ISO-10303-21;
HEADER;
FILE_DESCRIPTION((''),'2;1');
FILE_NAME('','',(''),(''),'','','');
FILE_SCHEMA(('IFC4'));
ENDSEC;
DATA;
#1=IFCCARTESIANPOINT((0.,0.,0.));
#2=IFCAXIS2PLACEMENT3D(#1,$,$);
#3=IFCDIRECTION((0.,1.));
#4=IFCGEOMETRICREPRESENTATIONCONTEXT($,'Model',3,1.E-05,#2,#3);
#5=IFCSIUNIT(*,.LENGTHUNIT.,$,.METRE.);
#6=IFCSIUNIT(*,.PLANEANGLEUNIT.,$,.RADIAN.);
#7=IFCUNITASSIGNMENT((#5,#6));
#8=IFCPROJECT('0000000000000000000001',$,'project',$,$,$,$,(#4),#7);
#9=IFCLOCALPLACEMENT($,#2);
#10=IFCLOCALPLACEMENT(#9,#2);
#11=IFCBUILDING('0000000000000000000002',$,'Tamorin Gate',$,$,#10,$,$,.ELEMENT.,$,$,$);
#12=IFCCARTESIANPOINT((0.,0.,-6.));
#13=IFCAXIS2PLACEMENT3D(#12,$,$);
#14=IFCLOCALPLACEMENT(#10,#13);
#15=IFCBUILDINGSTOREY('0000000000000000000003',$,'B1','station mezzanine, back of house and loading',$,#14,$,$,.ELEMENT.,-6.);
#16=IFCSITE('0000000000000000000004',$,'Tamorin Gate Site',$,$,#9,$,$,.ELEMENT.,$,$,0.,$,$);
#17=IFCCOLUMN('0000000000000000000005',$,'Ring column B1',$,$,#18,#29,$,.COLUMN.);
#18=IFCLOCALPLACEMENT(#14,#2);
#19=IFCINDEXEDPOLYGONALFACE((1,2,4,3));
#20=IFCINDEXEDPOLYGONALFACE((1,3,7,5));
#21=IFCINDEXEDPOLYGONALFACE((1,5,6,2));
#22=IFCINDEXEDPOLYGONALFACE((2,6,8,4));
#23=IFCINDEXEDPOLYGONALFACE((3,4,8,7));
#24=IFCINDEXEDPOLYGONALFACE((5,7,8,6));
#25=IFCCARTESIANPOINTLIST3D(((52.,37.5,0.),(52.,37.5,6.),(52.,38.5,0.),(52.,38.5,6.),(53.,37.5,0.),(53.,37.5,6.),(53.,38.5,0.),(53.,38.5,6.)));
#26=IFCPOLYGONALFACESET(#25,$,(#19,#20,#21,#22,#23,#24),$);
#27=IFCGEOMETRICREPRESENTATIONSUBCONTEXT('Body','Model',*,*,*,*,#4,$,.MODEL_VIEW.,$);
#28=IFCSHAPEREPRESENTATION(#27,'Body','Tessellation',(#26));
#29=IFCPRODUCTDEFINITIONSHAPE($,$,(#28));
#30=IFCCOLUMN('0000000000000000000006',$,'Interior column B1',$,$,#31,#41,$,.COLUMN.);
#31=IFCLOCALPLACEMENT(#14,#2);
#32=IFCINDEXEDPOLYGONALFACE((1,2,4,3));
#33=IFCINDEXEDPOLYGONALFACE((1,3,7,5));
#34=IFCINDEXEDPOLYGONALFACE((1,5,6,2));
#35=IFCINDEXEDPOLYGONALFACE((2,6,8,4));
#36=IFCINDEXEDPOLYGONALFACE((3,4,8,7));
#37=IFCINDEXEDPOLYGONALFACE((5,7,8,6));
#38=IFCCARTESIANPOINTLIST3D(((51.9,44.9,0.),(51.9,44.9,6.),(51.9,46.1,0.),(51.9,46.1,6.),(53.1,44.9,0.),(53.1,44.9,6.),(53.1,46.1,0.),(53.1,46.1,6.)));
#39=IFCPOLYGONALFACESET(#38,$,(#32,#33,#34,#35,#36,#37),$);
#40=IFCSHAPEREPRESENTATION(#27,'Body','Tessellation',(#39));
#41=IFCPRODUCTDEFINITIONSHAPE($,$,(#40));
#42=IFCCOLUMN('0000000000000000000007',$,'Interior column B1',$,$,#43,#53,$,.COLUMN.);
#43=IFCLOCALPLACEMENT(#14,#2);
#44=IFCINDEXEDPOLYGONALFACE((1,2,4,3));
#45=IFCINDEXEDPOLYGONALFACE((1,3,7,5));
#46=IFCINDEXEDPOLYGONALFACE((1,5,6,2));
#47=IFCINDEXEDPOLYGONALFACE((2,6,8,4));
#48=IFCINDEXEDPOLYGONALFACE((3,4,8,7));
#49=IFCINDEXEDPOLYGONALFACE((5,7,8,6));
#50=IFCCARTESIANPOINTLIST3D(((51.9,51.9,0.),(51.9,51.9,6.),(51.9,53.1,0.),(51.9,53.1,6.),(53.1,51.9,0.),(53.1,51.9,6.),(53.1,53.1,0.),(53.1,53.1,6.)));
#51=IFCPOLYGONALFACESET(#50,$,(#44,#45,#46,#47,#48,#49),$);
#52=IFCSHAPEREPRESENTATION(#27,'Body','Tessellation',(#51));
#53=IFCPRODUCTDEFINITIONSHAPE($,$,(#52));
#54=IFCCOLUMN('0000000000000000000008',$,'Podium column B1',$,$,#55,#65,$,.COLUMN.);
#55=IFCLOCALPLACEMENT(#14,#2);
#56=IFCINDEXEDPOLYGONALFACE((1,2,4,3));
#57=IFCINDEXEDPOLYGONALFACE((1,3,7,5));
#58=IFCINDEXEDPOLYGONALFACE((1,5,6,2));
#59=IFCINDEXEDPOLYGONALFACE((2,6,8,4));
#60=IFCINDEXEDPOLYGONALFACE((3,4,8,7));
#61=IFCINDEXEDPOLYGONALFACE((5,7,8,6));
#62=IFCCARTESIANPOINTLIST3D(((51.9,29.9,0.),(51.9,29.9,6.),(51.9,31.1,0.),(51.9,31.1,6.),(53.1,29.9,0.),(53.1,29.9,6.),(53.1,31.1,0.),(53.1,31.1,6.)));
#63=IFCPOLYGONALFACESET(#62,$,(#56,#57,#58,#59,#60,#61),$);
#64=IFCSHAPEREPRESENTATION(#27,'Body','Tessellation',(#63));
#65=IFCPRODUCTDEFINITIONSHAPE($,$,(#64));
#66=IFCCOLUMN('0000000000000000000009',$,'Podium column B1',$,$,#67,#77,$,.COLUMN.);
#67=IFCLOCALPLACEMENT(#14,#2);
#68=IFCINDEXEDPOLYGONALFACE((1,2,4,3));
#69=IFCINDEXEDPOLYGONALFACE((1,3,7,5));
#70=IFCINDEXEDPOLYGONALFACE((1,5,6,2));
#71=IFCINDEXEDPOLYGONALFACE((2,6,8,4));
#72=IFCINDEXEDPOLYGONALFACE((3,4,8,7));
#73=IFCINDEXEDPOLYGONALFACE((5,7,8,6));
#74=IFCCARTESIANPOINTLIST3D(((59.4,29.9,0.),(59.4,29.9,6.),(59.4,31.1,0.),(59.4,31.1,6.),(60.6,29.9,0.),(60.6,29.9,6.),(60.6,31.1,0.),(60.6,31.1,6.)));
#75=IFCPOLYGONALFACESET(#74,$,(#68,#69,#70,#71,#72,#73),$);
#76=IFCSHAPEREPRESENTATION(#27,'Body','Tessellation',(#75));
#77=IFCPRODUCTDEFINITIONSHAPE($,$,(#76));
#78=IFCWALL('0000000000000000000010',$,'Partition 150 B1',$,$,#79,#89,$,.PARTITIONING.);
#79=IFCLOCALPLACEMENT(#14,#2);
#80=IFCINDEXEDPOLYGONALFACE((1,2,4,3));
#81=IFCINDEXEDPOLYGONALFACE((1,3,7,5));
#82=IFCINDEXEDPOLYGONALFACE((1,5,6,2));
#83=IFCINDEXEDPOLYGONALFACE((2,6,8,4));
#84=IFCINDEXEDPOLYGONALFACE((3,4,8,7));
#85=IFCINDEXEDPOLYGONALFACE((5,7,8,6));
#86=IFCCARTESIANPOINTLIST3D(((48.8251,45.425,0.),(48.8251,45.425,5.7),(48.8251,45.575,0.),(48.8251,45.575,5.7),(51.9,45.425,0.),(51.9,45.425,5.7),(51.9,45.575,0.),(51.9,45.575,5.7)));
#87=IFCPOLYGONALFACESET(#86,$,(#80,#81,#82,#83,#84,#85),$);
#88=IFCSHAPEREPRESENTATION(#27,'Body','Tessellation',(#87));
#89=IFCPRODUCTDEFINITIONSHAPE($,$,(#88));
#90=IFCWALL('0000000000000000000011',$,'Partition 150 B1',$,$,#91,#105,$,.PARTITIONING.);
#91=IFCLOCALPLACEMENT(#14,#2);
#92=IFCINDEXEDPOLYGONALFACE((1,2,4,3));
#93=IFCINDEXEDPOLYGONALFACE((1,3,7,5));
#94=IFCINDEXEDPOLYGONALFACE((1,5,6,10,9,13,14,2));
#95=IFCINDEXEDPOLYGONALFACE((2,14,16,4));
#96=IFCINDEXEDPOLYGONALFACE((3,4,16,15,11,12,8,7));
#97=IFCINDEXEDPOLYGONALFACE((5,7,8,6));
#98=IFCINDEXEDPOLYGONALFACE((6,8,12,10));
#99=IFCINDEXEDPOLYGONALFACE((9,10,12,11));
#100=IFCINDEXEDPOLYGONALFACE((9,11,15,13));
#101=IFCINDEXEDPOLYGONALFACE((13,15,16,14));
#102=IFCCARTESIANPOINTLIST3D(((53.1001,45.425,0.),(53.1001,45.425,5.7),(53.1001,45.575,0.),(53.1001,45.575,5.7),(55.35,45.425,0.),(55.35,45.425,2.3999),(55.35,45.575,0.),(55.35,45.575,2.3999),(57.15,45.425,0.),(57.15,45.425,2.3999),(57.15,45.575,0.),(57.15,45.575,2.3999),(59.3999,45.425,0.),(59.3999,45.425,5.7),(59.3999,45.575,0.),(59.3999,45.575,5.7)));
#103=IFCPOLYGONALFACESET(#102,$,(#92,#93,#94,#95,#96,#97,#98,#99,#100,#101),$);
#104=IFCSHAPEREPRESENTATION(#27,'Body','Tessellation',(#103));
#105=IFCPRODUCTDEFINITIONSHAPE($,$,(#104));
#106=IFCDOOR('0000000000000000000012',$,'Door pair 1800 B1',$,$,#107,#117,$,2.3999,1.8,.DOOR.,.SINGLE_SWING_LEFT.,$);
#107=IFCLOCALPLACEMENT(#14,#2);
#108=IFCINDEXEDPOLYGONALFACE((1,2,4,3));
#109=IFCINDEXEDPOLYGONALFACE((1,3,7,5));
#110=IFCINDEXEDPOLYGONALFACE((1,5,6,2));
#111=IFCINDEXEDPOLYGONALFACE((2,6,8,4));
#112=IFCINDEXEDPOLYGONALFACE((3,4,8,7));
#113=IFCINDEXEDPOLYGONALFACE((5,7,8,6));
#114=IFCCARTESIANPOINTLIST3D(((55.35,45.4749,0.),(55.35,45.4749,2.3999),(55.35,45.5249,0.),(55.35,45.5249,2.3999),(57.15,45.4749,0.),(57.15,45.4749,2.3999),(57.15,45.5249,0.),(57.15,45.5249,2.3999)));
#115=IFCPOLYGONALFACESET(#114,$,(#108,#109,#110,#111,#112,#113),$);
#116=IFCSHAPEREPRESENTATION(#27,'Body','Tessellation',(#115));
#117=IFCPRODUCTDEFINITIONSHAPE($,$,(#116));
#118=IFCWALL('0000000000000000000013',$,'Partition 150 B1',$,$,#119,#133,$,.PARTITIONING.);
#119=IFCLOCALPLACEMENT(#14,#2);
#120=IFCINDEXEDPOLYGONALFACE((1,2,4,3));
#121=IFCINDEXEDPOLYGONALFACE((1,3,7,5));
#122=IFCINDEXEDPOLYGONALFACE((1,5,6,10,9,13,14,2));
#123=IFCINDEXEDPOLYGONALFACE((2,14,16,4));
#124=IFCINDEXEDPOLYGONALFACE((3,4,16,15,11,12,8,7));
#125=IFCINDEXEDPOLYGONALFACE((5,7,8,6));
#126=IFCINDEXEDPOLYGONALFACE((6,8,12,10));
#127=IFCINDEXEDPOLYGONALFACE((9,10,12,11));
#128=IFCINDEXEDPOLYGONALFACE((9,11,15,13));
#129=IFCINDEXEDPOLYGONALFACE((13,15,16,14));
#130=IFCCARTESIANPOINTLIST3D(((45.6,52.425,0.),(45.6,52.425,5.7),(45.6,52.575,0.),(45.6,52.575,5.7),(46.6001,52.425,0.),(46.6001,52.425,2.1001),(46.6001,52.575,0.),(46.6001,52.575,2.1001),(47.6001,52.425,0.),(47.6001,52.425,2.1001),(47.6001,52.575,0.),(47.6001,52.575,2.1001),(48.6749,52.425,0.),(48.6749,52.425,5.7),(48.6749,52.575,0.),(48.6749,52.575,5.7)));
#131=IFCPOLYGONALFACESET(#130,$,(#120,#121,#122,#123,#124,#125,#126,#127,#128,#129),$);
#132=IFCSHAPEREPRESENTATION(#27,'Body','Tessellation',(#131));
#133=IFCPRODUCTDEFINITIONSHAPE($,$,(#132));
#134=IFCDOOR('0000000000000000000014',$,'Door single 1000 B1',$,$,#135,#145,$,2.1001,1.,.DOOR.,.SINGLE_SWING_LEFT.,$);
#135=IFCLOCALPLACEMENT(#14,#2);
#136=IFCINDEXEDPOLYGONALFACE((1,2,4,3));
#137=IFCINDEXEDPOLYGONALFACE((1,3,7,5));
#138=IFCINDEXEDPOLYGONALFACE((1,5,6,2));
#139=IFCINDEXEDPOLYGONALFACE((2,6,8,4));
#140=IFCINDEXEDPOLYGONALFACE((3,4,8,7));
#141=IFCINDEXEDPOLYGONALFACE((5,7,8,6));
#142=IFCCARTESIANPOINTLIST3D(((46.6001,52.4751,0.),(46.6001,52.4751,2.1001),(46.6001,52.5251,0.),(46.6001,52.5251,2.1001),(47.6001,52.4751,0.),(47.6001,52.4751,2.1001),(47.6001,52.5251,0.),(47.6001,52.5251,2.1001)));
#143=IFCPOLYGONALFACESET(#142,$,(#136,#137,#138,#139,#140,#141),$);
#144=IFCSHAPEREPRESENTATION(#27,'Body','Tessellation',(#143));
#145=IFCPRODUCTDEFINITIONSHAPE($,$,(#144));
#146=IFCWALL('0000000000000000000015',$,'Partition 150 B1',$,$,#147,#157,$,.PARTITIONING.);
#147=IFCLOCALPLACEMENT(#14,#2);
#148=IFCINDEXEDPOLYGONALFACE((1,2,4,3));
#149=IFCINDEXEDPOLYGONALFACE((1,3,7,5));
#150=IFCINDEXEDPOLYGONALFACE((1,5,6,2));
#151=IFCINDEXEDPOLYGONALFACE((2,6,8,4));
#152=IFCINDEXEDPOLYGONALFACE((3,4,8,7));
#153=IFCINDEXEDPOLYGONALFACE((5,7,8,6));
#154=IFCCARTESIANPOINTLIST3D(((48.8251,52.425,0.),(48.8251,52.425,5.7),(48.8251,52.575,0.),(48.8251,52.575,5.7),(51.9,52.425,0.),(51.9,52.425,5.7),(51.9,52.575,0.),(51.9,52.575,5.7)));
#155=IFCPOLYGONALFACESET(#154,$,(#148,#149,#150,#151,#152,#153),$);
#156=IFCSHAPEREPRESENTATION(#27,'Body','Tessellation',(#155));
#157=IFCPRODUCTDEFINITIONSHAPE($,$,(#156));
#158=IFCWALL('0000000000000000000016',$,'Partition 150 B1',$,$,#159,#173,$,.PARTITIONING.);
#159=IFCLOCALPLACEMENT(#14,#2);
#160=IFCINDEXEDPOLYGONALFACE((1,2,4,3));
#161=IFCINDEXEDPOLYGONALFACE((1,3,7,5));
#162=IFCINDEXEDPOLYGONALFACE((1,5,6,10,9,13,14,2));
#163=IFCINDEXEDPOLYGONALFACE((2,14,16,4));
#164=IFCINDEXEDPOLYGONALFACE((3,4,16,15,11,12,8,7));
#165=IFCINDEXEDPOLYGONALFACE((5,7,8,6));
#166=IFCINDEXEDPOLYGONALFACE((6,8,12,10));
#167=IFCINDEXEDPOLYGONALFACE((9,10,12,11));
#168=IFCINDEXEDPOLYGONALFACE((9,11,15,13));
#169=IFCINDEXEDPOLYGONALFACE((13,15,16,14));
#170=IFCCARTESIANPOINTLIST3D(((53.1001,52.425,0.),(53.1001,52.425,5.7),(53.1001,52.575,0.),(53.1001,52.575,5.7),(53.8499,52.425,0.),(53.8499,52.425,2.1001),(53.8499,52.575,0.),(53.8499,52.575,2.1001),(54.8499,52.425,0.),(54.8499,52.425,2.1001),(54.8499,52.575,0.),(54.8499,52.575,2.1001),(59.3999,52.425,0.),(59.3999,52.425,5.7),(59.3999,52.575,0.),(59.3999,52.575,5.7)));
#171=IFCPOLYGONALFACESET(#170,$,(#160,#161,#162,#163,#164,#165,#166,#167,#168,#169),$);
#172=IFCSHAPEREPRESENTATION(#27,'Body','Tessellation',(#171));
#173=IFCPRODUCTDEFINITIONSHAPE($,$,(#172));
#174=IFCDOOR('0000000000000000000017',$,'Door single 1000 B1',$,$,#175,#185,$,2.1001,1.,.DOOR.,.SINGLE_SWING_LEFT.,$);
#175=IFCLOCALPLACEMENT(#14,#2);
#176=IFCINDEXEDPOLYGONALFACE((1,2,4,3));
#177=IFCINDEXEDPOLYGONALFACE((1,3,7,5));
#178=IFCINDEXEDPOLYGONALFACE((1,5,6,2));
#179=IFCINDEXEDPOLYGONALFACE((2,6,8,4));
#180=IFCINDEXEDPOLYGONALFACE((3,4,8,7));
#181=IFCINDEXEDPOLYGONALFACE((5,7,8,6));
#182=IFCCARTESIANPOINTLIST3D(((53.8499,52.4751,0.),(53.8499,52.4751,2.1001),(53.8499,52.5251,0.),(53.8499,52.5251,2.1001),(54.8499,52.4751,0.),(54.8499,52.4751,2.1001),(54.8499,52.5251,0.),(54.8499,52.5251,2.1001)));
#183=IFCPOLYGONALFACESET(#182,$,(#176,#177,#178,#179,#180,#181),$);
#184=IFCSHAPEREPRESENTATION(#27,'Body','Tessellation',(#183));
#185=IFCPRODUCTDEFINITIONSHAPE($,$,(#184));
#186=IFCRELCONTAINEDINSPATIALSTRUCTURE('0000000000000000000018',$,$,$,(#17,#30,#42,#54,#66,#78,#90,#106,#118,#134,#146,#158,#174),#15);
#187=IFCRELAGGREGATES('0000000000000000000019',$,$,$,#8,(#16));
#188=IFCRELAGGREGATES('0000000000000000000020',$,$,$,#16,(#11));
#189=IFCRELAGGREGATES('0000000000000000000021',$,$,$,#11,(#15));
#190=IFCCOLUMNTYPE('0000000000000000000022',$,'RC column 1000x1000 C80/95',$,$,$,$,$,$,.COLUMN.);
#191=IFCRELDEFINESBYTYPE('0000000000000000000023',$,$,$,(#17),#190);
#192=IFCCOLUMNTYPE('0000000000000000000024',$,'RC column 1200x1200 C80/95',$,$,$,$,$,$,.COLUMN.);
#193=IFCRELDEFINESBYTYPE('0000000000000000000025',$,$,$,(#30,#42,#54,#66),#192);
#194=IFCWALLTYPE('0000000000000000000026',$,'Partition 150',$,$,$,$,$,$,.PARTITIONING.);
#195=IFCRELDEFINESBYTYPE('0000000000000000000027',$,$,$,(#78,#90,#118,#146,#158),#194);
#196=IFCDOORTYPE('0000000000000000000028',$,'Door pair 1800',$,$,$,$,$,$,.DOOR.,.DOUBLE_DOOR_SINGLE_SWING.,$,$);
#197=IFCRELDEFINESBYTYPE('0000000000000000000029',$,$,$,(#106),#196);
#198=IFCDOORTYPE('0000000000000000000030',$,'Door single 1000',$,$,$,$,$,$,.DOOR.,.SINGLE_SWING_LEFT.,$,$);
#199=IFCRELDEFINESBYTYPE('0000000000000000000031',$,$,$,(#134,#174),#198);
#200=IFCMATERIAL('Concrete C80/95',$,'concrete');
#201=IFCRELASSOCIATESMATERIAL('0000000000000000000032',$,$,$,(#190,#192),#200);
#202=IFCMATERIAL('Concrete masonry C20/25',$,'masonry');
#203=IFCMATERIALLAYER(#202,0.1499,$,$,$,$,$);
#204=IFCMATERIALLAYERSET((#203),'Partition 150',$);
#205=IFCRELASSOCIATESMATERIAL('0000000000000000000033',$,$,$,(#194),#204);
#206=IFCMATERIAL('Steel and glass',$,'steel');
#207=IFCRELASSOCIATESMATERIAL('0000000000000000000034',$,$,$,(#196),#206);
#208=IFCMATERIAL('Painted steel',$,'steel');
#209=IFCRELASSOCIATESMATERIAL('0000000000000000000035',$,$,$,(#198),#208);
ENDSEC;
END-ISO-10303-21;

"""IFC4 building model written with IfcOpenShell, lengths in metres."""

from ifc_helpers import new_model, si_unit, direction, frame, frame_2d, origin, origin_2d, place, context, subcontext, project, spatial, rectangle, extrude, material, layer, layer_set, material_profile, profile_set, type_object, element, fill, save


model = new_model("IFC4")

# Units and contexts
model_context = context("Model", 3, precision=1e-05, world=origin(), true_north=direction((0.0, 1.0)))
body_context = subcontext(model_context, "Body", "Model", "MODEL_VIEW")
ifc_project = project(units=[si_unit("LENGTHUNIT", "METRE"), si_unit("PLANEANGLEUNIT", "RADIAN")], contexts=[model_context])

# Site, building, storey
site_placement = place(None, origin())
site = spatial("IfcSite", under=ifc_project, at=site_placement, Name="Tamorin Gate Site", CompositionType="ELEMENT", RefElevation=0.0)
building_placement = place(site_placement, origin())
building = spatial("IfcBuilding", under=site, at=building_placement, Name="Tamorin Gate", CompositionType="ELEMENT")
storey_placement = place(building_placement, frame((0.0, 0.0, -6.0)))
storey = spatial("IfcBuildingStorey", under=building, at=storey_placement, Name="B1", Description="station mezzanine, back of house and loading", CompositionType="ELEMENT", Elevation=-6.0)

# Columns
ifc_material_1 = material(Name="Concrete C80/95", Category="concrete")
ifc_material_profile_1 = material_profile(ifc_material_1, rectangle(XDim=1.0, YDim=1.0, at=origin_2d()), Name="RC 1000x1000")
ifc_profile_set_1 = profile_set([ifc_material_profile_1], Name="Concrete C80/95")
column_type_1 = type_object("IfcColumnType", Name="RC column 1000x1000 C80/95", PredefinedType="COLUMN", material=ifc_profile_set_1)
column_placement = place(storey_placement, frame((52.5, 38.0, 0.0), z_axis=(0.0, 0.0, 1.0), x_axis=(1.0, 0.0, 0.0)))
element("IfcColumn", 1, at=column_placement, inside=storey, type_object=column_type_1, Name="Ring column B1", PredefinedType="COLUMN", context=body_context, shape_type="SweptSolid", body=[
    extrude(rectangle(XDim=1.0, YDim=1.0, at=origin_2d()), origin(), (0.0, 0.0, 1.0), 6.0),
])
ifc_material_profile_2 = material_profile(ifc_material_1, rectangle(XDim=1.2, YDim=1.2, at=origin_2d()), Name="RC 1200x1200")
ifc_profile_set_2 = profile_set([ifc_material_profile_2], Name="Concrete C80/95")
column_type_2 = type_object("IfcColumnType", Name="RC column 1200x1200 C80/95", PredefinedType="COLUMN", material=ifc_profile_set_2)
for number, where, z_axis, x_axis, name in (
    (2, (52.5, 45.5, 0.0), (0.0, 0.0, 1.0), (1.0, 0.0, 0.0), "Interior column B1"),
    (3, (52.5, 52.5, 0.0), (0.0, 0.0, 1.0), (1.0, 0.0, 0.0), "Interior column B1"),
    (4, (52.5, 30.5, 0.0), (0.0, 0.0, 1.0), (1.0, 0.0, 0.0), "Podium column B1"),
    (5, (60.0, 30.5, 0.0), (0.0, 0.0, 1.0), (1.0, 0.0, 0.0), "Podium column B1"),
):
    element("IfcColumn", number, at=place(storey_placement, frame(where, z_axis=z_axis, x_axis=x_axis)), inside=storey, type_object=column_type_2, Name=name, PredefinedType="COLUMN", context=body_context, shape_type="SweptSolid", body=[
        extrude(rectangle(XDim=1.2, YDim=1.2, at=origin_2d()), origin(), (0.0, 0.0, 1.0), 6.0),
    ])

# Shared definitions
ifc_material_2 = material(Name="Concrete masonry C20/25", Category="masonry")
ifc_layer = layer(ifc_material_2, 0.1499)
ifc_layer_set = layer_set([ifc_layer], Name="Partition 150")
wall_type = type_object("IfcWallType", Name="Partition 150", PredefinedType="PARTITIONING", material=ifc_layer_set)
ifc_material_3 = material(Name="Steel and glass", Category="steel")
door_type_1 = type_object("IfcDoorType", Name="Door pair 1800", OperationType="DOUBLE_DOOR_SINGLE_SWING", PredefinedType="DOOR", material=ifc_material_3)

# Wall
wall_1_placement = place(storey_placement, frame((48.825, 45.5, 0.0), z_axis=(0.0, 0.0, 1.0), x_axis=(1.0, 0.0, 0.0)))
element("IfcWall", 6, at=wall_1_placement, inside=storey, type_object=wall_type, Name="Partition 150 B1", PredefinedType="PARTITIONING", context=body_context, shape_type="SweptSolid", body=[
    extrude(rectangle(XDim=3.075, YDim=0.1499, at=frame_2d((1.5376, 0.0))), origin(), (0.0, 0.0, 1.0), 5.7),
])

# Walls, openings, doors
wall_2_placement = place(storey_placement, frame((53.1001, 45.5, 0.0), z_axis=(0.0, 0.0, 1.0), x_axis=(1.0, 0.0, 0.0)))
wall_2 = element("IfcWall", 7, at=wall_2_placement, inside=storey, type_object=wall_type, Name="Partition 150 B1", PredefinedType="PARTITIONING", context=body_context, shape_type="SweptSolid", body=[
    extrude(rectangle(XDim=6.2998, YDim=0.1499, at=frame_2d((3.1499, 0.0))), origin(), (0.0, 0.0, 1.0), 5.7),
])
opening_1_placement = place(wall_2_placement, frame((2.25, 0.0, 0.0)))
opening_1 = element("IfcOpeningElement", 8, at=opening_1_placement, cuts=wall_2, PredefinedType="OPENING", context=body_context, shape_type="SweptSolid", body=[
    extrude(rectangle(XDim=1.8, YDim=2.3999, at=frame_2d((0.8999, 1.2))), frame((0.0, 0.085, 0.0), z_axis=(0.0, -1.0, 0.0), x_axis=(1.0, 0.0, 0.0)), (0.0, 0.0, 1.0), 0.1699),
])
door_1_placement = place(opening_1_placement, origin())
door_1 = element("IfcDoor", 9, at=door_1_placement, inside=storey, type_object=door_type_1, Name="Door pair 1800 B1", OperationType="SINGLE_SWING_LEFT", OverallHeight=2.3999, OverallWidth=1.8, PredefinedType="DOOR", context=body_context, shape_type="SweptSolid", body=[
    extrude(rectangle(XDim=1.8, YDim=2.3999, at=frame_2d((0.8999, 1.2))), frame((0.0, 0.0249, 0.0), z_axis=(0.0, -1.0, 0.0), x_axis=(1.0, 0.0, 0.0)), (0.0, 0.0, 1.0), 0.05),
])
fill(opening_1, door_1)
wall_3_placement = place(storey_placement, frame((48.675, 52.5, 0.0), z_axis=(0.0, 0.0, 1.0), x_axis=(-1.0, 0.0, 0.0)))
wall_3 = element("IfcWall", 10, at=wall_3_placement, inside=storey, type_object=wall_type, Name="Partition 150 B1", PredefinedType="PARTITIONING", context=body_context, shape_type="SweptSolid", body=[
    extrude(rectangle(XDim=3.075, YDim=0.1499, at=frame_2d((1.5376, 0.0))), origin(), (0.0, 0.0, 1.0), 5.7),
])
opening_2_placement = place(wall_3_placement, frame((1.075, 0.0, 0.0)))
opening_2 = element("IfcOpeningElement", 11, at=opening_2_placement, cuts=wall_3, PredefinedType="OPENING", context=body_context, shape_type="SweptSolid", body=[
    extrude(rectangle(XDim=1.0, YDim=2.1001, at=frame_2d((0.5, 1.05))), frame((0.0, 0.085, 0.0), z_axis=(0.0, -1.0, 0.0), x_axis=(1.0, 0.0, 0.0)), (0.0, 0.0, 1.0), 0.1699),
])
ifc_material_4 = material(Name="Painted steel", Category="steel")
door_type_2 = type_object("IfcDoorType", Name="Door single 1000", OperationType="SINGLE_SWING_LEFT", PredefinedType="DOOR", material=ifc_material_4)
door_2_placement = place(opening_2_placement, origin())
door_2 = element("IfcDoor", 12, at=door_2_placement, inside=storey, type_object=door_type_2, Name="Door single 1000 B1", OperationType="SINGLE_SWING_LEFT", OverallHeight=2.1001, OverallWidth=1.0, PredefinedType="DOOR", context=body_context, shape_type="SweptSolid", body=[
    extrude(rectangle(XDim=1.0, YDim=2.1001, at=frame_2d((0.5, 1.05))), frame((0.0, 0.0249, 0.0), z_axis=(0.0, -1.0, 0.0), x_axis=(1.0, 0.0, 0.0)), (0.0, 0.0, 1.0), 0.05),
])
fill(opening_2, door_2)

# Wall
wall_4_placement = place(storey_placement, frame((48.825, 52.5, 0.0), z_axis=(0.0, 0.0, 1.0), x_axis=(1.0, 0.0, 0.0)))
element("IfcWall", 13, at=wall_4_placement, inside=storey, type_object=wall_type, Name="Partition 150 B1", PredefinedType="PARTITIONING", context=body_context, shape_type="SweptSolid", body=[
    extrude(rectangle(XDim=3.075, YDim=0.1499, at=frame_2d((1.5376, 0.0))), origin(), (0.0, 0.0, 1.0), 5.7),
])

# Wall, opening, door
wall_5_placement = place(storey_placement, frame((59.3999, 52.5, 0.0), z_axis=(0.0, 0.0, 1.0), x_axis=(-1.0, 0.0, 0.0)))
wall_5 = element("IfcWall", 14, at=wall_5_placement, inside=storey, type_object=wall_type, Name="Partition 150 B1", PredefinedType="PARTITIONING", context=body_context, shape_type="SweptSolid", body=[
    extrude(rectangle(XDim=6.2998, YDim=0.1499, at=frame_2d((3.1499, 0.0))), origin(), (0.0, 0.0, 1.0), 5.7),
])
opening_3_placement = place(wall_5_placement, frame((4.55, 0.0, 0.0)))
opening_3 = element("IfcOpeningElement", 15, at=opening_3_placement, cuts=wall_5, PredefinedType="OPENING", context=body_context, shape_type="SweptSolid", body=[
    extrude(rectangle(XDim=1.0, YDim=2.1001, at=frame_2d((0.5, 1.05))), frame((0.0, 0.085, 0.0), z_axis=(0.0, -1.0, 0.0), x_axis=(1.0, 0.0, 0.0)), (0.0, 0.0, 1.0), 0.1699),
])
door_3_placement = place(opening_3_placement, origin())
door_3 = element("IfcDoor", 16, at=door_3_placement, inside=storey, type_object=door_type_2, Name="Door single 1000 B1", OperationType="SINGLE_SWING_LEFT", OverallHeight=2.1001, OverallWidth=1.0, PredefinedType="DOOR", context=body_context, shape_type="SweptSolid", body=[
    extrude(rectangle(XDim=1.0, YDim=2.1001, at=frame_2d((0.5, 1.05))), frame((0.0, 0.0249, 0.0), z_axis=(0.0, -1.0, 0.0), x_axis=(1.0, 0.0, 0.0)), (0.0, 0.0, 1.0), 0.05),
])
fill(opening_3, door_3)

save(model, "model.ifc")
